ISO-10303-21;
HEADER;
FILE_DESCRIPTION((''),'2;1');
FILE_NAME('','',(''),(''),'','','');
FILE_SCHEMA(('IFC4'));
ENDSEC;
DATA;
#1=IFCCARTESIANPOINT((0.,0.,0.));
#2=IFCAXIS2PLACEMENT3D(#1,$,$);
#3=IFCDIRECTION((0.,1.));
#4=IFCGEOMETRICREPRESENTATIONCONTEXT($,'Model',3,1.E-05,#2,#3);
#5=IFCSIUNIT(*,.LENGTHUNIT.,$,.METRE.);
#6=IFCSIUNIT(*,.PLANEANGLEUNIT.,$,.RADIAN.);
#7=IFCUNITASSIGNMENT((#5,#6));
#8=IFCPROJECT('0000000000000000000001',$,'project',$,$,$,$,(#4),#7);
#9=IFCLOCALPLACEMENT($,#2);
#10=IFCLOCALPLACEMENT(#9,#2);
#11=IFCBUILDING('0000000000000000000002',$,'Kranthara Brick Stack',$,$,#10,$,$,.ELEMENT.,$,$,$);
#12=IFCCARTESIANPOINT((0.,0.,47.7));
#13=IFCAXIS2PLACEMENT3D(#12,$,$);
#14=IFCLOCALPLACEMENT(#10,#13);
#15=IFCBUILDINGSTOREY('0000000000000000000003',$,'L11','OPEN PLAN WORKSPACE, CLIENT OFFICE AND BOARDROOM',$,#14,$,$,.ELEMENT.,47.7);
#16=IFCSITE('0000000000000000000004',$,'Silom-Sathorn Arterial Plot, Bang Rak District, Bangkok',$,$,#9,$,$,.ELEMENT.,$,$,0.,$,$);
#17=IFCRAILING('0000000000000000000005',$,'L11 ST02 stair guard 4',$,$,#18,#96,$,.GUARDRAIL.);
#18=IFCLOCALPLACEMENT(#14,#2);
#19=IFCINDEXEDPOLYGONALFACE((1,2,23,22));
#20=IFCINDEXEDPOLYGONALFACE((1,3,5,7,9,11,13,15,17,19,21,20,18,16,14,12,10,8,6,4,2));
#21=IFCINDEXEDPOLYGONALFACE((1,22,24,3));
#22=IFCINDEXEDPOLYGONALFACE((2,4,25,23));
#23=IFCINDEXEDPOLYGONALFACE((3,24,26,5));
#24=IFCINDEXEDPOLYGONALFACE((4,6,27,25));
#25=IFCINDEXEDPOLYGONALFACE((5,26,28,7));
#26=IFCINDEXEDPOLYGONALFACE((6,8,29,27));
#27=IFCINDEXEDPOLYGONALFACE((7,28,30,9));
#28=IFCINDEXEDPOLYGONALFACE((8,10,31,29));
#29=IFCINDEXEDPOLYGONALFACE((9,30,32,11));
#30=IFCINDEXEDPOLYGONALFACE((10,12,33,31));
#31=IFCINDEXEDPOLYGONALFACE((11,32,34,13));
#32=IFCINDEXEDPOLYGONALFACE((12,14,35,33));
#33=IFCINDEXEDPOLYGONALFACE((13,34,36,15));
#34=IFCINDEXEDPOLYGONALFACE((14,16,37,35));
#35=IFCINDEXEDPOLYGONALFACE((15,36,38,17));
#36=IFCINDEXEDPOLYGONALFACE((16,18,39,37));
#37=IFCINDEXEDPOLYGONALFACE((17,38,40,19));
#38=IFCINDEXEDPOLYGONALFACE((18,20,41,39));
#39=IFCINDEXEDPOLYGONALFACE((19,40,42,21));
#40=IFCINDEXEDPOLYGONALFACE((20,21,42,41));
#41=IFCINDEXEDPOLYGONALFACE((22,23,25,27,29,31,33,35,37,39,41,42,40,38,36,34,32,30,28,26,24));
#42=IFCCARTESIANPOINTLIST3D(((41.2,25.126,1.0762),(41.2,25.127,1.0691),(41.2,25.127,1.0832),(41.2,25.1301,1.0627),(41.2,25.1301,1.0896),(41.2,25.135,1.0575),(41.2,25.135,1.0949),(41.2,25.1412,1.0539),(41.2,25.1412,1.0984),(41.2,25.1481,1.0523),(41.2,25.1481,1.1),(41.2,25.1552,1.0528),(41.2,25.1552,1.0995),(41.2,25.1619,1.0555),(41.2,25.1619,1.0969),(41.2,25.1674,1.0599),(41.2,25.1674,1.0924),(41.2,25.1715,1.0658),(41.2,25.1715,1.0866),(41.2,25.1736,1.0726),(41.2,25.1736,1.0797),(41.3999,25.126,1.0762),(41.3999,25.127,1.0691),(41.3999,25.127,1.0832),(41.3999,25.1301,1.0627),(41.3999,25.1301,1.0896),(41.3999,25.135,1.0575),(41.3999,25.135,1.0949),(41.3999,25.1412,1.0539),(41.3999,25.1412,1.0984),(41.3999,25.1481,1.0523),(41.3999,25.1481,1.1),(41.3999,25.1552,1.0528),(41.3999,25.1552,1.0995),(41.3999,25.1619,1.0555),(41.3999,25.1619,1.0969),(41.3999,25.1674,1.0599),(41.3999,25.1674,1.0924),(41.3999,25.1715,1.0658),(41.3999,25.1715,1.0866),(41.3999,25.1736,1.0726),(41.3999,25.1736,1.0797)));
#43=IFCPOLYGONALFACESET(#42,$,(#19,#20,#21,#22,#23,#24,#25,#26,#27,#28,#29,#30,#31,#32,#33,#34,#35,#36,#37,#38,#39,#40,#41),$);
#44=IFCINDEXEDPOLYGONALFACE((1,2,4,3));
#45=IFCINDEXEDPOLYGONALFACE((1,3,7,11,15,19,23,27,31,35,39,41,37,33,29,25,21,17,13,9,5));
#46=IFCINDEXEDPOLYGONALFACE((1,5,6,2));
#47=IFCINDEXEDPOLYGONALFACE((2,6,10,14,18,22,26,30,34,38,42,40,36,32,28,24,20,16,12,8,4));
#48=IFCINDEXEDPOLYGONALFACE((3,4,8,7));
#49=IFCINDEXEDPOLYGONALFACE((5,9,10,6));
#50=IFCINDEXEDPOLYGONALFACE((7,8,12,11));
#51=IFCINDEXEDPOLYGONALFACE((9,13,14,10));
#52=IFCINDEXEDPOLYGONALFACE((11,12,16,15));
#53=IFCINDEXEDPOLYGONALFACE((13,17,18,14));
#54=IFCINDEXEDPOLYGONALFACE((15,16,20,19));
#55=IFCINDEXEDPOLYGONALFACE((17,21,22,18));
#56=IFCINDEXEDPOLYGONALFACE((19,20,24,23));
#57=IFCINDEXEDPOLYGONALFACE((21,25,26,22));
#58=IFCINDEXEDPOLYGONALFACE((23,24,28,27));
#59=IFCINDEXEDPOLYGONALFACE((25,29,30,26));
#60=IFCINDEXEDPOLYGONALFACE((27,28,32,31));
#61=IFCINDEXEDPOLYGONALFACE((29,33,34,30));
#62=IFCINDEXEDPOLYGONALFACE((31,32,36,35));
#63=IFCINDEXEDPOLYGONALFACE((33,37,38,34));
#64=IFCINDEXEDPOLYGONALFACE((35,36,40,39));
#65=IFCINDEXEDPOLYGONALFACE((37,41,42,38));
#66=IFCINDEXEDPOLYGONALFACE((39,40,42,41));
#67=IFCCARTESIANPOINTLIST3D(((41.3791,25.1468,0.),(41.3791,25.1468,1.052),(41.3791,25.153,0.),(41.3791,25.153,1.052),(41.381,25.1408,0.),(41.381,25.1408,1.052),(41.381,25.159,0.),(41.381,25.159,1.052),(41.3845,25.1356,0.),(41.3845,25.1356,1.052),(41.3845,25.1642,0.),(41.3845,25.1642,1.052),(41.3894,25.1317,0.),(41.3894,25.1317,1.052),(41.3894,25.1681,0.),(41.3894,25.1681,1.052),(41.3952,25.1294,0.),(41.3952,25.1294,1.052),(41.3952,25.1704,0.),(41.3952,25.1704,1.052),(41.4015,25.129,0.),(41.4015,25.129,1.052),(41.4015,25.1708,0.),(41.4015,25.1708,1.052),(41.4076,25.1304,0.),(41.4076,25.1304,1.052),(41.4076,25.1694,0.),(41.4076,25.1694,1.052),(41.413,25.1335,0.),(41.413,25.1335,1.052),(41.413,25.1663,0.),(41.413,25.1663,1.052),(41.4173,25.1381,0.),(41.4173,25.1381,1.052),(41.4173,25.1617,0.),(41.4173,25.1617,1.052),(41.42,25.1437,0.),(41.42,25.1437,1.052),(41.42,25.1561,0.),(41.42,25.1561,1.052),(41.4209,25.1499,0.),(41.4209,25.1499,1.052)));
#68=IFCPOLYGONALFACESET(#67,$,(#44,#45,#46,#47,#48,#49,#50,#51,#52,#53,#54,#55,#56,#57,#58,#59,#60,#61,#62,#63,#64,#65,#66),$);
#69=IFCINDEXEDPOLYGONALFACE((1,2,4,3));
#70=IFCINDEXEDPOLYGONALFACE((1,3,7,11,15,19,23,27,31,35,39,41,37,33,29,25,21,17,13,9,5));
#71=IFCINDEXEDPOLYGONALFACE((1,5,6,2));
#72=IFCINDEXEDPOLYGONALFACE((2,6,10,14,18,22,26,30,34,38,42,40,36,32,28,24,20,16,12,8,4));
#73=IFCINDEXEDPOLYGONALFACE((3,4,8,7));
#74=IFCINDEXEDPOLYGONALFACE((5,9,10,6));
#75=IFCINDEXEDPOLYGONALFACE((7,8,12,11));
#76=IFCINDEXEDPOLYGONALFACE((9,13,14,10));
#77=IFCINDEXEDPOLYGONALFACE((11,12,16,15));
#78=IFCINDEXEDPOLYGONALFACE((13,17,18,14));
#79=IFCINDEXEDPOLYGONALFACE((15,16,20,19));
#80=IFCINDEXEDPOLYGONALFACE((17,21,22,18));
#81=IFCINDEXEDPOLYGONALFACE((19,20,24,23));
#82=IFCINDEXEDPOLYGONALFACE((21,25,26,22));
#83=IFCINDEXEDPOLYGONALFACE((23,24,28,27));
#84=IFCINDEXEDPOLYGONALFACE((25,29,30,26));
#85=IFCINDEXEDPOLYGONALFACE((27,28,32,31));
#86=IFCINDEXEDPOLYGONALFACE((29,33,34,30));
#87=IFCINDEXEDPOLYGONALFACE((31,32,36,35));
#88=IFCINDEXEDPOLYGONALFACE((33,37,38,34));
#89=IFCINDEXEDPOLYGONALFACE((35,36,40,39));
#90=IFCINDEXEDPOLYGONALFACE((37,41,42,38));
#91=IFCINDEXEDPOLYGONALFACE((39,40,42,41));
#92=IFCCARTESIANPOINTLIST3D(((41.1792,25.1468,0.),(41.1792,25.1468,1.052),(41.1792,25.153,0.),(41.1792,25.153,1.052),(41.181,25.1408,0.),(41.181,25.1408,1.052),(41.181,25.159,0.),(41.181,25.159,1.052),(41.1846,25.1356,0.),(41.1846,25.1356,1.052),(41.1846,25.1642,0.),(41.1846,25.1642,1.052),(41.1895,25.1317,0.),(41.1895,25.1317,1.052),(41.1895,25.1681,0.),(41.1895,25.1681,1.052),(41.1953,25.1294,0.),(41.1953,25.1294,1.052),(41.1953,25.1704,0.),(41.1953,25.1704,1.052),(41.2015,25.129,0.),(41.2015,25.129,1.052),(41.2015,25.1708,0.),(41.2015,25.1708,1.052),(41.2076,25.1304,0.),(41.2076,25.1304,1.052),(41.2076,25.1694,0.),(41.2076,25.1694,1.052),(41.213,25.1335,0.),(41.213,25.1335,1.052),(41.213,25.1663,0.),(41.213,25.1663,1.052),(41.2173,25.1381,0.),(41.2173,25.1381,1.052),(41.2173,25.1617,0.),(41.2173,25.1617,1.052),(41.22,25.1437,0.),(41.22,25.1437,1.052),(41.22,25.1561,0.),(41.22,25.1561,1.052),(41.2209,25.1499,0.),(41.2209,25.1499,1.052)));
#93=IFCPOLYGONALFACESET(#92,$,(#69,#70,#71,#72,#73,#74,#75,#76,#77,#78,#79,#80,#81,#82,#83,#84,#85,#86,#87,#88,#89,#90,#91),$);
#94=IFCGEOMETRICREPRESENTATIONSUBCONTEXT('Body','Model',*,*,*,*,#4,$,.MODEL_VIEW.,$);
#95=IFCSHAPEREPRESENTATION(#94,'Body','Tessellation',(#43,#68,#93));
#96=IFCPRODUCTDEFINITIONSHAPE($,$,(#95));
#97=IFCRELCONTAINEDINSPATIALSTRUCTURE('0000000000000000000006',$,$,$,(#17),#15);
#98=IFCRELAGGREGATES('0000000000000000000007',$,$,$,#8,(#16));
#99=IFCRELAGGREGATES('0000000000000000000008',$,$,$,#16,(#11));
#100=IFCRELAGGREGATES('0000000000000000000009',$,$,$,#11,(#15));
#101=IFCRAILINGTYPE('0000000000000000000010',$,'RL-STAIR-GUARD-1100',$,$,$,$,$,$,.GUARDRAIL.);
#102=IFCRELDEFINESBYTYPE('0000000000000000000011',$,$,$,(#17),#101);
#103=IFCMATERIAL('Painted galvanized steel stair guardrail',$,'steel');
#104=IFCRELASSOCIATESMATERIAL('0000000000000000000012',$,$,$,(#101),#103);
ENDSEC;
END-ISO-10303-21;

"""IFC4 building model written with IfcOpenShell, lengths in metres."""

from ifc_helpers import new_model, si_unit, direction, frame, origin, origin_2d, place, context, subcontext, project, spatial, circle, extrude, material, type_object, element, save


model = new_model("IFC4")

# Units and contexts
model_context = context("Model", 3, precision=1e-05, world=origin(), true_north=direction((0.0, 1.0)))
body_context = subcontext(model_context, "Body", "Model", "MODEL_VIEW")
ifc_project = project(units=[si_unit("LENGTHUNIT", "METRE"), si_unit("PLANEANGLEUNIT", "RADIAN")], contexts=[model_context])

# Site, building, storey
site_placement = place(None, origin())
site = spatial("IfcSite", under=ifc_project, at=site_placement, Name="Silom-Sathorn Arterial Plot, Bang Rak District, Bangkok", CompositionType="ELEMENT", RefElevation=0.0)
building_placement = place(site_placement, origin())
building = spatial("IfcBuilding", under=site, at=building_placement, Name="Kranthara Brick Stack", CompositionType="ELEMENT")
storey_placement = place(building_placement, frame((0.0, 0.0, 47.7)))
storey = spatial("IfcBuildingStorey", under=building, at=storey_placement, Name="L11", Description="OPEN PLAN WORKSPACE, CLIENT OFFICE AND BOARDROOM", CompositionType="ELEMENT", Elevation=47.7)

# Railing
ifc_material_1 = material(Name="Painted galvanized steel stair guardrail", Category="steel")
railing_type_1 = type_object("IfcRailingType", Name="RL-STAIR-GUARD-1100", PredefinedType="GUARDRAIL", material=ifc_material_1)
railing_1_placement = place(storey_placement, frame((41.3999, 25.1499, 0.0)))
element("IfcRailing", 1, at=railing_1_placement, inside=storey, type_object=railing_type_1, Name="L11 ST02 stair guard 4", PredefinedType="GUARDRAIL", context=body_context, shape_type="SweptSolid", body=[
    extrude(circle(Radius=0.0239, at=origin_2d()), frame((0.0, 0.0, 1.0762), z_axis=(-1.0, 0.0, 0.0), x_axis=(0.0, -1.0, 0.0)), (0.0, 0.0, 1.0), 0.2),
    extrude(circle(Radius=0.021, at=origin_2d()), origin(), (0.0, 0.0, 1.0), 1.052),
    extrude(circle(Radius=0.021, at=origin_2d()), frame((-0.2, 0.0, 0.0)), (0.0, 0.0, 1.0), 1.052),
])

save(model, "model.ifc")
